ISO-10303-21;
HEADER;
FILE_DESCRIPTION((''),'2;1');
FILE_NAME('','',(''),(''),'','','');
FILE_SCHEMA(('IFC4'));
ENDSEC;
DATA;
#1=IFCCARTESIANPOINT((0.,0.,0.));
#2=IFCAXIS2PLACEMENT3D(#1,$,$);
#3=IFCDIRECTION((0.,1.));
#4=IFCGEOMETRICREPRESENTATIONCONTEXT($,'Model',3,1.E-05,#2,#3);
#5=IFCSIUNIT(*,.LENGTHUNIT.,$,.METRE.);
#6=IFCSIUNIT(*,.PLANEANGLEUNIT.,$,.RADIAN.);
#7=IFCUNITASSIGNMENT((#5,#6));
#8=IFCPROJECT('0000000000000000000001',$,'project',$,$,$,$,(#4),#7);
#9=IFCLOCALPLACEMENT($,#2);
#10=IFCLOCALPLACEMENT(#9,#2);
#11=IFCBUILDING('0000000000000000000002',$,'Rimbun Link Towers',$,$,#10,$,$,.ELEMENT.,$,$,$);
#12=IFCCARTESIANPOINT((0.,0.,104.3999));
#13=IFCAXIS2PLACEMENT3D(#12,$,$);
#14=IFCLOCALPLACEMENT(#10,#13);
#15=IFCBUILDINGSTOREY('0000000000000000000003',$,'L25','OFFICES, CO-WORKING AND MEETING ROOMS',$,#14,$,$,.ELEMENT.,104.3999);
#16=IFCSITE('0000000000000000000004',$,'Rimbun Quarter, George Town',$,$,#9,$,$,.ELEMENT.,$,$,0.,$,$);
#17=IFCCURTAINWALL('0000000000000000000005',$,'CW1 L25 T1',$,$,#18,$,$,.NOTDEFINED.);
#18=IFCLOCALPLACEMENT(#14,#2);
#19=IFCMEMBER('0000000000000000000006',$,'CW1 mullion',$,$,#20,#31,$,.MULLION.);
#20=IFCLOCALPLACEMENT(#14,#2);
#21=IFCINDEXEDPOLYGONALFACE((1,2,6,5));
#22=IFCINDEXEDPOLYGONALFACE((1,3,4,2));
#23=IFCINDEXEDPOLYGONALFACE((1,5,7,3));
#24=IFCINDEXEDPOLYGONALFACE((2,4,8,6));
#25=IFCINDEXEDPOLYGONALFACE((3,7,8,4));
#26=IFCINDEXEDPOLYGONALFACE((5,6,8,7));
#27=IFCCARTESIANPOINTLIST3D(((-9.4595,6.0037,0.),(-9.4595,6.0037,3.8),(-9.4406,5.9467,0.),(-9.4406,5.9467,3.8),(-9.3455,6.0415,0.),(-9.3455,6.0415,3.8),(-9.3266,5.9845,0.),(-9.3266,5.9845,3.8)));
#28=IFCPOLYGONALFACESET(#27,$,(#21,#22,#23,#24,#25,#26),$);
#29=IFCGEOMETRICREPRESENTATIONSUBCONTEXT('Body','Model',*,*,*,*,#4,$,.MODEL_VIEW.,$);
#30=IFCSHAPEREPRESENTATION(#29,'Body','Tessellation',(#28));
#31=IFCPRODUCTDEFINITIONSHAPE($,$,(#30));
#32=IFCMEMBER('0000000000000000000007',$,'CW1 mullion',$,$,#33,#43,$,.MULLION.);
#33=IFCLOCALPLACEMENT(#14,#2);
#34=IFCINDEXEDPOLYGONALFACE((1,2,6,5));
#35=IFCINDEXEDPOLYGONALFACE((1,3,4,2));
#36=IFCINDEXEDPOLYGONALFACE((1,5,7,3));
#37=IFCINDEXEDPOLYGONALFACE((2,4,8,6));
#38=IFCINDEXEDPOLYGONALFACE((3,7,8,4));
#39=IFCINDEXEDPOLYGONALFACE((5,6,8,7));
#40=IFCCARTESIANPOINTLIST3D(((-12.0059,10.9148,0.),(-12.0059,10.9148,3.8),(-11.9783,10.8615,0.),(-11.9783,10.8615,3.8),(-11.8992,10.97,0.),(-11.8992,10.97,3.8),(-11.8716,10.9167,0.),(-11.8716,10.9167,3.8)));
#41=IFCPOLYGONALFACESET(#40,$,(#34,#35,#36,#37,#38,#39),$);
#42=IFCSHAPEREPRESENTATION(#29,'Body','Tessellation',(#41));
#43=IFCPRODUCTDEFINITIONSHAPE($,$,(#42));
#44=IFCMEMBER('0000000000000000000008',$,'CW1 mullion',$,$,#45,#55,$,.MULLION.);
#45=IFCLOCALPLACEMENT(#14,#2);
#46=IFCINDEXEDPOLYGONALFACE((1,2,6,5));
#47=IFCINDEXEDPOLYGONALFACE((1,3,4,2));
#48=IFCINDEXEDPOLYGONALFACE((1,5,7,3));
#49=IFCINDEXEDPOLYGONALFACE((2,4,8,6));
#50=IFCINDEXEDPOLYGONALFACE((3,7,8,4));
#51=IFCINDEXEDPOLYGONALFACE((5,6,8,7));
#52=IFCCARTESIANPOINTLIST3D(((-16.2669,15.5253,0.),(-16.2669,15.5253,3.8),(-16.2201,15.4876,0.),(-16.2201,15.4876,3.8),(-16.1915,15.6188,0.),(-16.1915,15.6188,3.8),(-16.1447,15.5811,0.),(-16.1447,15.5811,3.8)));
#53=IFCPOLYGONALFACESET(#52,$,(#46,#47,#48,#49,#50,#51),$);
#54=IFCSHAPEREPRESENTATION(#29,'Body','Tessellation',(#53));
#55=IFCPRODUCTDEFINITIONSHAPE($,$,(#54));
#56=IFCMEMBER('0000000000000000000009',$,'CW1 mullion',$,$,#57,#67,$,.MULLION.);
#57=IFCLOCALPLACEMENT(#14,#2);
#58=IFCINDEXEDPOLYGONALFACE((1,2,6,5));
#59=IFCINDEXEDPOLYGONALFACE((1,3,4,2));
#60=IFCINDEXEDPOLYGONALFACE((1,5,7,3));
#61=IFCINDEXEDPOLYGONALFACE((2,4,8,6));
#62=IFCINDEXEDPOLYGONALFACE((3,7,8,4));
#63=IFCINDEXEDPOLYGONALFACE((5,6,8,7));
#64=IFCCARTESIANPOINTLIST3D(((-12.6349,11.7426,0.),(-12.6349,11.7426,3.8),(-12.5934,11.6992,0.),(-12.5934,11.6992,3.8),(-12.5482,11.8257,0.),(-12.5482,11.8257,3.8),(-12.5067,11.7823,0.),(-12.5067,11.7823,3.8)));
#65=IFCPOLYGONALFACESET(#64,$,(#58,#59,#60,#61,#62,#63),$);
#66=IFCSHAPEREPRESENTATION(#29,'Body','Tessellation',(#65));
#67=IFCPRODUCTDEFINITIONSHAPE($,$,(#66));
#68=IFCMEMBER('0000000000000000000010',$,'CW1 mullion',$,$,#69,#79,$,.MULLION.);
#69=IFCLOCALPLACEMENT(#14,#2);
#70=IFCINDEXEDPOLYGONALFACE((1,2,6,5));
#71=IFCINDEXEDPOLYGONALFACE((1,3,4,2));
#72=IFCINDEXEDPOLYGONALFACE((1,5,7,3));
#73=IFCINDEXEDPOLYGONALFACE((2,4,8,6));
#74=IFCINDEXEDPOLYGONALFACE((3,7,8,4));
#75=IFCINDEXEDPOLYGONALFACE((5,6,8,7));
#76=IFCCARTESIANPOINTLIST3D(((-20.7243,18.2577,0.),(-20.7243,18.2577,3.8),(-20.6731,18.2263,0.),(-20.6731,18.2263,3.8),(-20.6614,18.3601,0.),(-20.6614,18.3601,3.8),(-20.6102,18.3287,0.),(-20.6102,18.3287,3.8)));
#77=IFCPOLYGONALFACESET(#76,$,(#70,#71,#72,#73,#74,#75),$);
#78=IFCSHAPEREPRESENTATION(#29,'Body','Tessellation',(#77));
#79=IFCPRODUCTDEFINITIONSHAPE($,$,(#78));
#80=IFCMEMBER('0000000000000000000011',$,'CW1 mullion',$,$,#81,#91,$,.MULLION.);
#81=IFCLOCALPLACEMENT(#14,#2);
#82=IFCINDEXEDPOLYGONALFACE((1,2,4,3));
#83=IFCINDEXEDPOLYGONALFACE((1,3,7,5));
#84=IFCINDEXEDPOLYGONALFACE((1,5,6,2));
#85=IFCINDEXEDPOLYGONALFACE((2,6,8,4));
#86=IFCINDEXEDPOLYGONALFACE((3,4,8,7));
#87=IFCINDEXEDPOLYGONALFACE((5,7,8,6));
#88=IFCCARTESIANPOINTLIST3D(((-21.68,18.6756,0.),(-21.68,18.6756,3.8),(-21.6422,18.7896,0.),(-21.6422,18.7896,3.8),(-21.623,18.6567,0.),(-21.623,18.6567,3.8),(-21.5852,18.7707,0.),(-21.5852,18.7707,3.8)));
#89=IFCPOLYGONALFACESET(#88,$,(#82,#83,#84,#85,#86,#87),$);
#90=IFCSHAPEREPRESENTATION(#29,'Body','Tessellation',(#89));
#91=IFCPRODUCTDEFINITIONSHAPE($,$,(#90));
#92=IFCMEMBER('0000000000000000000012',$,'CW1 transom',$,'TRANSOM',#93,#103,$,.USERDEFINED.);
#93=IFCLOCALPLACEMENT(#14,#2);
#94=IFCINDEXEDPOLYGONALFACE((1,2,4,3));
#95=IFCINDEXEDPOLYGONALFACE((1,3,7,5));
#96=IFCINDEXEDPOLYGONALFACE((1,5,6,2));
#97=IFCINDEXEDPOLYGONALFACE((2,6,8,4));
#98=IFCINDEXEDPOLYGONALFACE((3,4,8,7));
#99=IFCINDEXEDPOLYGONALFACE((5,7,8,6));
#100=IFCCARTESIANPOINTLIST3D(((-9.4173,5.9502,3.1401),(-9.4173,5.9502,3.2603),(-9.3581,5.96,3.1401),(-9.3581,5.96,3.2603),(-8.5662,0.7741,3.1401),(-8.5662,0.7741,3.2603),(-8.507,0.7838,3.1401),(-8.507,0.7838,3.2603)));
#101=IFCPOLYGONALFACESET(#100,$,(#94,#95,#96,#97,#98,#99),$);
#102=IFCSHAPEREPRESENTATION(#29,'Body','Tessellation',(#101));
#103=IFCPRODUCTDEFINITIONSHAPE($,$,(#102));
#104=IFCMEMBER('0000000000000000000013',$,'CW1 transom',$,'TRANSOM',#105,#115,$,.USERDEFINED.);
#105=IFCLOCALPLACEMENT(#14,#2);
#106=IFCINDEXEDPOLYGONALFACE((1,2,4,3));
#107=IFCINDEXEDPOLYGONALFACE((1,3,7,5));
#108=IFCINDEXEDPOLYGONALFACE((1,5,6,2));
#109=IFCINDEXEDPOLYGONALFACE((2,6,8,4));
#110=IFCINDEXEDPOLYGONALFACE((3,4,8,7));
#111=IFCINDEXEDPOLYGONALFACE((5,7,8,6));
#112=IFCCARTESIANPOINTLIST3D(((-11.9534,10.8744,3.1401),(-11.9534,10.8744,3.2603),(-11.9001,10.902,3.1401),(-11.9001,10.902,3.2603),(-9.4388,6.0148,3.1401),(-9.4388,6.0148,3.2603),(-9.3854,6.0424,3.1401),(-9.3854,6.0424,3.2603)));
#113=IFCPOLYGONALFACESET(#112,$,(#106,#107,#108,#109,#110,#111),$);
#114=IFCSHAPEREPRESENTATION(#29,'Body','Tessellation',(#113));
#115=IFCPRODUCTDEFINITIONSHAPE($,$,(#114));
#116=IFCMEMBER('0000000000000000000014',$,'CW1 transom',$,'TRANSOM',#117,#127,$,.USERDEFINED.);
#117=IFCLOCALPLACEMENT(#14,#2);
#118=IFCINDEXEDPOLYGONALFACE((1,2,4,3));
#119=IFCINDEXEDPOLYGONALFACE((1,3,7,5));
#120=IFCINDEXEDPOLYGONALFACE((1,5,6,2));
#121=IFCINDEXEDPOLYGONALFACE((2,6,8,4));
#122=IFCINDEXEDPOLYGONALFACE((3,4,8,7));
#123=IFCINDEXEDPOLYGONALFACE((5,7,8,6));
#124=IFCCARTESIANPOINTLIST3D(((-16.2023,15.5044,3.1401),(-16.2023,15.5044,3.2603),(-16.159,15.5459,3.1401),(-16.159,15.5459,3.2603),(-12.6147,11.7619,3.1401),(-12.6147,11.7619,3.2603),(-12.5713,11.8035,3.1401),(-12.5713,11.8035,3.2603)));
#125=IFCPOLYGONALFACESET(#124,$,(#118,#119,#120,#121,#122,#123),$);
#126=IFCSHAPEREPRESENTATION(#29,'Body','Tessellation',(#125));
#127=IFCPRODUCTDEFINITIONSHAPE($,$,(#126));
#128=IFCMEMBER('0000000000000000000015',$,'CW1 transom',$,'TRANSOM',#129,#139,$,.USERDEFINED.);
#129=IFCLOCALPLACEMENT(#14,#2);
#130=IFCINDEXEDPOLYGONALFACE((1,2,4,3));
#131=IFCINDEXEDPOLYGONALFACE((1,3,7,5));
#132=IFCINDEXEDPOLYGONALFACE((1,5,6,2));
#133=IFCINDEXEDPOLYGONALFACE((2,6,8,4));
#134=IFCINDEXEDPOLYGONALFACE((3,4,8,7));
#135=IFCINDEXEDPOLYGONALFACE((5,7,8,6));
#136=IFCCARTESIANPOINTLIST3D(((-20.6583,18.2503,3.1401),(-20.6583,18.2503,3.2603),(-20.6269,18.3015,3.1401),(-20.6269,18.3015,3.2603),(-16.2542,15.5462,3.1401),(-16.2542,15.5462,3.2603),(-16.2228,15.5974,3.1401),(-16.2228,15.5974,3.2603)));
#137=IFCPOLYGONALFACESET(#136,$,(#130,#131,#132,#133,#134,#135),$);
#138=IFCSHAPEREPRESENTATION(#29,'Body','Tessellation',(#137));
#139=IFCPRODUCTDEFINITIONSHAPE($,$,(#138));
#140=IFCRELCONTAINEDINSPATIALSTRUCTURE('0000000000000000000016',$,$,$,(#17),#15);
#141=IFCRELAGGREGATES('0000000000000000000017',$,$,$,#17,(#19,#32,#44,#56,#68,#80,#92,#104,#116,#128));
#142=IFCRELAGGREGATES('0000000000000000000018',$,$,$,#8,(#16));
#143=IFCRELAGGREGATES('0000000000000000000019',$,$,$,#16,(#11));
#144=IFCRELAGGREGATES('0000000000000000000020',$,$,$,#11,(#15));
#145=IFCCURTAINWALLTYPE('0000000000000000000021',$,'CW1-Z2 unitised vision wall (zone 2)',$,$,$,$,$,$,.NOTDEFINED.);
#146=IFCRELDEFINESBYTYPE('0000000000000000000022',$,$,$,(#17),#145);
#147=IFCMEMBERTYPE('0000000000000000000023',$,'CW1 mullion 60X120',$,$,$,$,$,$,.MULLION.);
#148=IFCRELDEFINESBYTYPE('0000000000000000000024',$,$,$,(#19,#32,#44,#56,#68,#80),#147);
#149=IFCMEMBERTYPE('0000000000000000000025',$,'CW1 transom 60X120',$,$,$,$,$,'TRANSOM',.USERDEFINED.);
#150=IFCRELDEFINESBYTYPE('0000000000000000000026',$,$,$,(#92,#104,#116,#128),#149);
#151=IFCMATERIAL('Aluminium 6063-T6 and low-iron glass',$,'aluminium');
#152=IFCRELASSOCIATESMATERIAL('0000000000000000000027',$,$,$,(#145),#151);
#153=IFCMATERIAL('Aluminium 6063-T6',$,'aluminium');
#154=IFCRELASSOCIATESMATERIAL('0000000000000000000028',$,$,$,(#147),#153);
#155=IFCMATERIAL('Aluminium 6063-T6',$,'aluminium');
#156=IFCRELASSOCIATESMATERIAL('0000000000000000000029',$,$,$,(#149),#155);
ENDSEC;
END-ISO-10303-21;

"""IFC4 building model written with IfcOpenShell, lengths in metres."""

from ifc_helpers import new_model, si_unit, direction, frame, origin, origin_2d, place, context, subcontext, project, spatial, rectangle, extrude, material, material_profile, profile_set, type_object, element, aggregate, save


model = new_model("IFC4")

# Units and contexts
model_context = context("Model", 3, precision=1e-05, world=origin(), true_north=direction((0.0, 1.0)))
body_context = subcontext(model_context, "Body", "Model", "MODEL_VIEW")
ifc_project = project(units=[si_unit("LENGTHUNIT", "METRE"), si_unit("PLANEANGLEUNIT", "RADIAN")], contexts=[model_context])

# Site, building, storey
site_placement = place(None, origin())
site = spatial("IfcSite", under=ifc_project, at=site_placement, Name="Rimbun Quarter, George Town", CompositionType="ELEMENT", RefElevation=0.0)
building_placement = place(site_placement, origin())
building = spatial("IfcBuilding", under=site, at=building_placement, Name="Rimbun Link Towers", CompositionType="ELEMENT")
storey_placement = place(building_placement, frame((0.0, 0.0, 104.3999)))
storey = spatial("IfcBuildingStorey", under=building, at=storey_placement, Name="L25", Description="OFFICES, CO-WORKING AND MEETING ROOMS", CompositionType="ELEMENT", Elevation=104.3999)

# Curtain wall, members
ifc_material_1 = material(Name="Aluminium 6063-T6 and low-iron glass", Category="aluminium")
curtain_wall_type = type_object("IfcCurtainWallType", Name="CW1-Z2 unitised vision wall (zone 2)", PredefinedType="NOTDEFINED", material=ifc_material_1)
curtain_wall_placement = place(storey_placement, origin())
curtain_wall = element("IfcCurtainWall", 1, at=curtain_wall_placement, inside=storey, type_object=curtain_wall_type, Name="CW1 L25 T1", PredefinedType="NOTDEFINED")
ifc_material_2 = material(Name="Aluminium 6063-T6", Category="aluminium")
ifc_material_profile_1 = material_profile(ifc_material_2, rectangle(XDim=0.1201, YDim=0.0601, at=origin_2d()), Name="MULLION 60X120")
ifc_profile_set_1 = profile_set([ifc_material_profile_1], Name="Aluminium 6063-T6")
member_type_1 = type_object("IfcMemberType", Name="CW1 mullion 60X120", PredefinedType="MULLION", material=ifc_profile_set_1)
member_1_placement = place(storey_placement, frame((-9.3931, 5.9941, 0.0), z_axis=(0.0, 0.0, 1.0), x_axis=(0.949163, 0.314786, 0.0)))
member_1 = element("IfcMember", 2, at=member_1_placement, type_object=member_type_1, Name="CW1 mullion", PredefinedType="MULLION", context=body_context, shape_type="SweptSolid", body=[
    extrude(rectangle(XDim=0.1201, YDim=0.0601, at=origin_2d()), origin(), (0.0, 0.0, 1.0), 3.8),
])
member_2_placement = place(storey_placement, frame((-11.9387, 10.9158, 0.0), z_axis=(0.0, 0.0, 1.0), x_axis=(0.888149, 0.459555, 0.0)))
member_2 = element("IfcMember", 3, at=member_2_placement, type_object=member_type_1, Name="CW1 mullion", PredefinedType="MULLION", context=body_context, shape_type="SweptSolid", body=[
    extrude(rectangle(XDim=0.1201, YDim=0.0601, at=origin_2d()), origin(), (0.0, 0.0, 1.0), 3.8),
])
member_3_placement = place(storey_placement, frame((-16.2058, 15.5532, 0.0), z_axis=(0.0, 0.0, 1.0), x_axis=(0.62767, 0.778479, 0.0)))
member_3 = element("IfcMember", 4, at=member_3_placement, type_object=member_type_1, Name="CW1 mullion", PredefinedType="MULLION", context=body_context, shape_type="SweptSolid", body=[
    extrude(rectangle(XDim=0.1201, YDim=0.0601, at=origin_2d()), origin(), (0.0, 0.0, 1.0), 3.8),
])
member_4_placement = place(storey_placement, frame((-12.5708, 11.7625, 0.0), z_axis=(0.0, 0.0, 1.0), x_axis=(0.721845, 0.692055, 0.0)))
member_4 = element("IfcMember", 5, at=member_4_placement, type_object=member_type_1, Name="CW1 mullion", PredefinedType="MULLION", context=body_context, shape_type="SweptSolid", body=[
    extrude(rectangle(XDim=0.1201, YDim=0.0601, at=origin_2d()), origin(), (0.0, 0.0, 1.0), 3.8),
])
member_5_placement = place(storey_placement, frame((-20.6672, 18.2932, 0.0), z_axis=(0.0, 0.0, 1.0), x_axis=(0.523241, 0.852185, 0.0)))
member_5 = element("IfcMember", 6, at=member_5_placement, type_object=member_type_1, Name="CW1 mullion", PredefinedType="MULLION", context=body_context, shape_type="SweptSolid", body=[
    extrude(rectangle(XDim=0.1201, YDim=0.0601, at=origin_2d()), origin(), (0.0, 0.0, 1.0), 3.8),
])
member_6_placement = place(storey_placement, frame((-21.6326, 18.7231, 0.0), z_axis=(0.0, 0.0, 1.0), x_axis=(0.314562, 0.949237, 0.0)))
member_6 = element("IfcMember", 7, at=member_6_placement, type_object=member_type_1, Name="CW1 mullion", PredefinedType="MULLION", context=body_context, shape_type="SweptSolid", body=[
    extrude(rectangle(XDim=0.1201, YDim=0.0601, at=origin_2d()), origin(), (0.0, 0.0, 1.0), 3.8),
])
ifc_material_3 = material(Name="Aluminium 6063-T6", Category="aluminium")
ifc_material_profile_2 = material_profile(ifc_material_3, rectangle(XDim=0.0601, YDim=0.1201, at=origin_2d()), Name="TRANSOM 60X120")
ifc_profile_set_2 = profile_set([ifc_material_profile_2], Name="Aluminium 6063-T6")
member_type_2 = type_object("IfcMemberType", Name="CW1 transom 60X120", ElementType="TRANSOM", PredefinedType="USERDEFINED", material=ifc_profile_set_2)
member_7_placement = place(storey_placement, frame((-9.3877, 5.9551, 3.2002), z_axis=(0.162248, -0.98675, 0.0), x_axis=(0.98675, 0.162248, 0.0)))
member_7 = element("IfcMember", 8, at=member_7_placement, type_object=member_type_2, Name="CW1 transom", ObjectType="TRANSOM", PredefinedType="USERDEFINED", context=body_context, shape_type="SweptSolid", body=[
    extrude(rectangle(XDim=0.0601, YDim=0.1201, at=origin_2d()), origin(), (0.0, 0.0, 1.0), 5.2456),
])
member_8_placement = place(storey_placement, frame((-11.9268, 10.8882, 3.2002), z_axis=(0.459575, -0.888139, 0.0), x_axis=(0.888139, 0.459575, 0.0)))
member_8 = element("IfcMember", 9, at=member_8_placement, type_object=member_type_2, Name="CW1 transom", ObjectType="TRANSOM", PredefinedType="USERDEFINED", context=body_context, shape_type="SweptSolid", body=[
    extrude(rectangle(XDim=0.0601, YDim=0.1201, at=origin_2d()), origin(), (0.0, 0.0, 1.0), 5.4717),
])
member_9_placement = place(storey_placement, frame((-16.1807, 15.5251, 3.2002), z_axis=(0.692021, -0.721877, 0.0), x_axis=(0.721877, 0.692021, 0.0)))
member_9 = element("IfcMember", 10, at=member_9_placement, type_object=member_type_2, Name="CW1 transom", ObjectType="TRANSOM", PredefinedType="USERDEFINED", context=body_context, shape_type="SweptSolid", body=[
    extrude(rectangle(XDim=0.0601, YDim=0.1201, at=origin_2d()), origin(), (0.0, 0.0, 1.0), 5.1843),
])
member_10_placement = place(storey_placement, frame((-20.6426, 18.2759, 3.2002), z_axis=(0.852183, -0.523243, 0.0), x_axis=(0.523243, 0.852183, 0.0)))
member_10 = element("IfcMember", 11, at=member_10_placement, type_object=member_type_2, Name="CW1 transom", ObjectType="TRANSOM", PredefinedType="USERDEFINED", context=body_context, shape_type="SweptSolid", body=[
    extrude(rectangle(XDim=0.0601, YDim=0.1201, at=origin_2d()), origin(), (0.0, 0.0, 1.0), 5.168),
])

aggregate(curtain_wall, [member_1, member_2, member_3, member_4, member_5, member_6, member_7, member_8, member_9, member_10])

save(model, "model.ifc")
